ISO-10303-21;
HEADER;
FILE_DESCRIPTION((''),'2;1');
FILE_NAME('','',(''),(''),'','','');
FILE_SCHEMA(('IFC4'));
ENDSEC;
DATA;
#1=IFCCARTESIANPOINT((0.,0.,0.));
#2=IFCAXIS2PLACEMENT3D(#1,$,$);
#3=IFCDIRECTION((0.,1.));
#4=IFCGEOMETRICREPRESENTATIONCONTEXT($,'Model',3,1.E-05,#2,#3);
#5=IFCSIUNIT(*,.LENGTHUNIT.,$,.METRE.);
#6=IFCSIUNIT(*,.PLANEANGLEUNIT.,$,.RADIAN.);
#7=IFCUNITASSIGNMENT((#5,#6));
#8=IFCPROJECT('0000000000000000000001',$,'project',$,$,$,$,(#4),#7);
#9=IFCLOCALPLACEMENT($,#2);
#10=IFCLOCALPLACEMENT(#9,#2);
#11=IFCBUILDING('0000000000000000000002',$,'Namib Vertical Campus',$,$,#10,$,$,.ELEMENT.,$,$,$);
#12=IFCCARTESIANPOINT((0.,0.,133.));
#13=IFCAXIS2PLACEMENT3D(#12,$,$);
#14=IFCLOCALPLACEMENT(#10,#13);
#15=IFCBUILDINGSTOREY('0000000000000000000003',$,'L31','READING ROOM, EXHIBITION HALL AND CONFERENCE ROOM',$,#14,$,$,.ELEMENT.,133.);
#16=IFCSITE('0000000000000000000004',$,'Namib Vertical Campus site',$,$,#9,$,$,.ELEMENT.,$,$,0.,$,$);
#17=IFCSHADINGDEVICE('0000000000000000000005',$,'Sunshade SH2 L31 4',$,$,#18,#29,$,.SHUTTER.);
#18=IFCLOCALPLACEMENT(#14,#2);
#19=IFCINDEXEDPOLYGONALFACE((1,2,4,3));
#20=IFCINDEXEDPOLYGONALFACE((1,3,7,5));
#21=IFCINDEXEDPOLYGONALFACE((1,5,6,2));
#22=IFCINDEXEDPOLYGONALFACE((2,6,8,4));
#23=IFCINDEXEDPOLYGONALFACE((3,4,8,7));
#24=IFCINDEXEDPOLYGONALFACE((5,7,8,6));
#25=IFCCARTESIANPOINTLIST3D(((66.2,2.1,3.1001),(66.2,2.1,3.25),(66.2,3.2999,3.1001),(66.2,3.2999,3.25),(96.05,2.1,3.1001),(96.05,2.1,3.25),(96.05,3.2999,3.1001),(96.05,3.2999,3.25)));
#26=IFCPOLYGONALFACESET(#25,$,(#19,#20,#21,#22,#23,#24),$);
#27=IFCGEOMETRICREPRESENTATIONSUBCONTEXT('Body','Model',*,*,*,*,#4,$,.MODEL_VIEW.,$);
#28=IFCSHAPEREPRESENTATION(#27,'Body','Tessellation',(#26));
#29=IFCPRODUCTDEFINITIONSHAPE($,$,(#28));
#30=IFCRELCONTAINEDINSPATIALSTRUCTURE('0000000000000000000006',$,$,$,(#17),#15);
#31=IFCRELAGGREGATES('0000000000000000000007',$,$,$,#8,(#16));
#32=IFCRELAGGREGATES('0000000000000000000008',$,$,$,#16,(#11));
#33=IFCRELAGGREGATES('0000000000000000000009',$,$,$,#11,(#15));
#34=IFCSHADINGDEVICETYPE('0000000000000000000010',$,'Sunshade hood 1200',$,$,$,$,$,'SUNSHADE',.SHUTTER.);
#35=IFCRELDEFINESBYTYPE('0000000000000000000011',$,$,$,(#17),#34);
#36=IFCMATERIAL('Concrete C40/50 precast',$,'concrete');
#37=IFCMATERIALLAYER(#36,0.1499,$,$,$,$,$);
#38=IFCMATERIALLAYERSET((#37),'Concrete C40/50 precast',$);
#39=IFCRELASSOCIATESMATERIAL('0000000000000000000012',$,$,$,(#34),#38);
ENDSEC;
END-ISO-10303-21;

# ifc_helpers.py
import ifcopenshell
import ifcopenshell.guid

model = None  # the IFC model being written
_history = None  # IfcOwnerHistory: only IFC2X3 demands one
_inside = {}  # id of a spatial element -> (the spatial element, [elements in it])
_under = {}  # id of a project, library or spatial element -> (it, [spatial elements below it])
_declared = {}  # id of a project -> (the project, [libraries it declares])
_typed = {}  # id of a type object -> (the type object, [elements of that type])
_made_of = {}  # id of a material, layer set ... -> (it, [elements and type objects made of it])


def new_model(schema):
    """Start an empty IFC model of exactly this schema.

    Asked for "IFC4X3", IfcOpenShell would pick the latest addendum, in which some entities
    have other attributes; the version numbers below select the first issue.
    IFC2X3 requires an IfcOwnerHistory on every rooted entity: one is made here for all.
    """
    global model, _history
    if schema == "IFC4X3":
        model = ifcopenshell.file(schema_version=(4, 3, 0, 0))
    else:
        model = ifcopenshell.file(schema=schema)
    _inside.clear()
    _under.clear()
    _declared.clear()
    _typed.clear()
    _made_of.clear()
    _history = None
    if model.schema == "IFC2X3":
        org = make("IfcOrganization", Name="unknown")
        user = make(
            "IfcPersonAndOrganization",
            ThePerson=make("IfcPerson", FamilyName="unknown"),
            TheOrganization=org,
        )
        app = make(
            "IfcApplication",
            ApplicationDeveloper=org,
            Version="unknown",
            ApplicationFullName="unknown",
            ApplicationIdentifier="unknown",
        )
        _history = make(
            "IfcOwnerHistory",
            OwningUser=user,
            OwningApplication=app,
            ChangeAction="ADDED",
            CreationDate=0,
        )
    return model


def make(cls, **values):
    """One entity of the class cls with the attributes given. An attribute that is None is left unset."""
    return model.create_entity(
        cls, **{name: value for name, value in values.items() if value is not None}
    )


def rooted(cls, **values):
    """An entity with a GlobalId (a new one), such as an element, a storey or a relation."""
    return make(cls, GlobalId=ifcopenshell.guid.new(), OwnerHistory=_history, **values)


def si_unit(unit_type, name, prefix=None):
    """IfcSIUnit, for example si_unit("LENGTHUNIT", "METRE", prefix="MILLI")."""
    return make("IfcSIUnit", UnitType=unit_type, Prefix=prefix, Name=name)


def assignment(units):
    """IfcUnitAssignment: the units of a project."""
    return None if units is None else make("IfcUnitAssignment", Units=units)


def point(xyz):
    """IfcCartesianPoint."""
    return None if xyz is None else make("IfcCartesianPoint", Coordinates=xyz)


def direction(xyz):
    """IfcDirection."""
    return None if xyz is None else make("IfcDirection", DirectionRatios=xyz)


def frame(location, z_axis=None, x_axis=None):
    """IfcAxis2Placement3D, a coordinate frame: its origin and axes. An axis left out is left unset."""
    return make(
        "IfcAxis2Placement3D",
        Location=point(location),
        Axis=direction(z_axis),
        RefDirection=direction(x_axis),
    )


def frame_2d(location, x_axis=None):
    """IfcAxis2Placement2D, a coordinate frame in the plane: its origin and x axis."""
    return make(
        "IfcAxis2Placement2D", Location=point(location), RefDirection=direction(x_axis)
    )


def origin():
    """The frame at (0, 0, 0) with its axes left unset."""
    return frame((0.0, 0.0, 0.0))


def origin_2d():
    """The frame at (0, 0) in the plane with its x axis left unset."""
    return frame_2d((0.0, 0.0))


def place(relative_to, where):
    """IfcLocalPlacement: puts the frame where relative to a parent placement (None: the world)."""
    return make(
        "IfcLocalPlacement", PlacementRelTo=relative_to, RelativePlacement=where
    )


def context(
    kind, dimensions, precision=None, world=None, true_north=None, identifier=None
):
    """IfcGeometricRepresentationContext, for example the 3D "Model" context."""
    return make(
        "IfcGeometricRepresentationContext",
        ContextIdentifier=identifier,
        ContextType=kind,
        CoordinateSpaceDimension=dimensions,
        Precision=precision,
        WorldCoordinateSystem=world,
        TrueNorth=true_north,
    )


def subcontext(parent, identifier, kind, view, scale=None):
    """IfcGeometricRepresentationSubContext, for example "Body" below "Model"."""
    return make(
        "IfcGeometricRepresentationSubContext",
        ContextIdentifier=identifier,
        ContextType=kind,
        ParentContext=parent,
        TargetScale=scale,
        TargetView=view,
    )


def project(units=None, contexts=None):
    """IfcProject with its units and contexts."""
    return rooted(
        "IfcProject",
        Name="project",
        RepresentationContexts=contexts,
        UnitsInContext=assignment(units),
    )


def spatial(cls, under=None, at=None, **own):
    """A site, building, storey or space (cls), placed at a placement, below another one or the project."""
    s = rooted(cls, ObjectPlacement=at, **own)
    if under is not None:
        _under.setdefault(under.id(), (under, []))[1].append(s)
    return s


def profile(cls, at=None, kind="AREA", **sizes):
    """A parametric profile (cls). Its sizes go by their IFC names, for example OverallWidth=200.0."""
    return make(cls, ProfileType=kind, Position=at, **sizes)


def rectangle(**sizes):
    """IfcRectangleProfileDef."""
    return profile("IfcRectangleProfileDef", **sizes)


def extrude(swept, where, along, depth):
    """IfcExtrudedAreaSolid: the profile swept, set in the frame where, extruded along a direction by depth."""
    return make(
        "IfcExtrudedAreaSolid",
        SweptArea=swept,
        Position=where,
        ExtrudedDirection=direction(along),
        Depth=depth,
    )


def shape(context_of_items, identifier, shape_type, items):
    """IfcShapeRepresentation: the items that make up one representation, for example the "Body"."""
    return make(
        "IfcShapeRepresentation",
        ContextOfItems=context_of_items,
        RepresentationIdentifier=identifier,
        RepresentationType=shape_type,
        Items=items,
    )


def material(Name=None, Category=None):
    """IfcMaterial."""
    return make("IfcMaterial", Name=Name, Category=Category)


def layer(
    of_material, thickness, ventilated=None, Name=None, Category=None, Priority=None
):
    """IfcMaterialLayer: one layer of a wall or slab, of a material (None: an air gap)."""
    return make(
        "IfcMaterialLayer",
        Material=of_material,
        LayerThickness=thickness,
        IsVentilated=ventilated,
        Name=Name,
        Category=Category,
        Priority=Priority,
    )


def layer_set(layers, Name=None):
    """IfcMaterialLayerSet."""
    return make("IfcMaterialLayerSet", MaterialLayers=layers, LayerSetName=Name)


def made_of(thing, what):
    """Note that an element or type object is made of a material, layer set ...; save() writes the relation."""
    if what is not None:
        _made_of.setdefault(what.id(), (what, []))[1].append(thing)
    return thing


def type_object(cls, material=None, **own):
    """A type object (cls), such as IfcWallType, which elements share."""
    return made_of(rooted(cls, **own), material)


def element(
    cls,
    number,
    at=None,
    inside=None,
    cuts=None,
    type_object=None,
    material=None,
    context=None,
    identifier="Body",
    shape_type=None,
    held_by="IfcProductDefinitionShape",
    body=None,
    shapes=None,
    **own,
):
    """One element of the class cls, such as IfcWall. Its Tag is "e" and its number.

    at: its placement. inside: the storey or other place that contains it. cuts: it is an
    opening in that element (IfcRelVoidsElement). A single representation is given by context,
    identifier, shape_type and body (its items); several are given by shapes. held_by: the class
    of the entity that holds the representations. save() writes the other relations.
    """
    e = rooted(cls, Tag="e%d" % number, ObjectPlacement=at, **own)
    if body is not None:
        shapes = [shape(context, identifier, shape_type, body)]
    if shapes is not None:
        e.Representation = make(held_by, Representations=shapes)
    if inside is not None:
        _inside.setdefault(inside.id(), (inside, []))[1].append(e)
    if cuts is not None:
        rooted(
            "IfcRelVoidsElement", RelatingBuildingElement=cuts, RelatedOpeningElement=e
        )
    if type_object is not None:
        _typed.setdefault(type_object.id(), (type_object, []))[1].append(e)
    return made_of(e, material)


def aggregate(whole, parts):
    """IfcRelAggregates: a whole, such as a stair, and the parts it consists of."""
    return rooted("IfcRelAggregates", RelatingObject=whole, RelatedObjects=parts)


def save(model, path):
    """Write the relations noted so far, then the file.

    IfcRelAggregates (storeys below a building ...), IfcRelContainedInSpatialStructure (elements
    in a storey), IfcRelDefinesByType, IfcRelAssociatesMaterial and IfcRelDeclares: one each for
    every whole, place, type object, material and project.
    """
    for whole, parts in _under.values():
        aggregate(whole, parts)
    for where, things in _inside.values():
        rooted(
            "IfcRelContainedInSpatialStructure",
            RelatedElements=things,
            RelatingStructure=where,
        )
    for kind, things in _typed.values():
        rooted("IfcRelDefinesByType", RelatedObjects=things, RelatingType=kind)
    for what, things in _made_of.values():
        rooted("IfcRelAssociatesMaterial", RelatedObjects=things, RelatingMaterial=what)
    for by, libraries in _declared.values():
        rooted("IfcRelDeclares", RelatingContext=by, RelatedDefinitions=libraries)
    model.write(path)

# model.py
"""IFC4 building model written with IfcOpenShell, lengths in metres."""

from ifc_helpers import new_model, si_unit, direction, frame, origin, origin_2d, place, context, subcontext, project, spatial, rectangle, extrude, material, layer, layer_set, type_object, element, save


model = new_model("IFC4")

# Units and contexts
model_context = context("Model", 3, precision=1e-05, world=origin(), true_north=direction((0.0, 1.0)))
body_context = subcontext(model_context, "Body", "Model", "MODEL_VIEW")
ifc_project = project(units=[si_unit("LENGTHUNIT", "METRE"), si_unit("PLANEANGLEUNIT", "RADIAN")], contexts=[model_context])

# Site, building, storey
site_placement = place(None, origin())
site = spatial("IfcSite", under=ifc_project, at=site_placement, Name="Namib Vertical Campus site", CompositionType="ELEMENT", RefElevation=0.0)
building_placement = place(site_placement, origin())
building = spatial("IfcBuilding", under=site, at=building_placement, Name="Namib Vertical Campus", CompositionType="ELEMENT")
storey_placement = place(building_placement, frame((0.0, 0.0, 133.0)))
storey = spatial("IfcBuildingStorey", under=building, at=storey_placement, Name="L31", Description="READING ROOM, EXHIBITION HALL AND CONFERENCE ROOM", CompositionType="ELEMENT", Elevation=133.0)

# Shading device
ifc_material_1 = material(Name="Concrete C40/50 precast", Category="concrete")
ifc_layer_1 = layer(ifc_material_1, 0.1499)
ifc_layer_set_1 = layer_set([ifc_layer_1], Name="Concrete C40/50 precast")
shading_device_type = type_object("IfcShadingDeviceType", Name="Sunshade hood 1200", ElementType="SUNSHADE", PredefinedType="SHUTTER", material=ifc_layer_set_1)
shading_device_placement = place(storey_placement, frame((81.125, 2.7, 3.1001), z_axis=(0.0, 0.0, 1.0), x_axis=(1.0, 0.0, 0.0)))
element("IfcShadingDevice", 1, at=shading_device_placement, inside=storey, type_object=shading_device_type, Name="Sunshade SH2 L31 4", PredefinedType="SHUTTER", context=body_context, shape_type="SweptSolid", body=[
    extrude(rectangle(XDim=29.8501, YDim=1.2, at=origin_2d()), origin(), (0.0, 0.0, 1.0), 0.1499),
])

save(model, "model.ifc")
